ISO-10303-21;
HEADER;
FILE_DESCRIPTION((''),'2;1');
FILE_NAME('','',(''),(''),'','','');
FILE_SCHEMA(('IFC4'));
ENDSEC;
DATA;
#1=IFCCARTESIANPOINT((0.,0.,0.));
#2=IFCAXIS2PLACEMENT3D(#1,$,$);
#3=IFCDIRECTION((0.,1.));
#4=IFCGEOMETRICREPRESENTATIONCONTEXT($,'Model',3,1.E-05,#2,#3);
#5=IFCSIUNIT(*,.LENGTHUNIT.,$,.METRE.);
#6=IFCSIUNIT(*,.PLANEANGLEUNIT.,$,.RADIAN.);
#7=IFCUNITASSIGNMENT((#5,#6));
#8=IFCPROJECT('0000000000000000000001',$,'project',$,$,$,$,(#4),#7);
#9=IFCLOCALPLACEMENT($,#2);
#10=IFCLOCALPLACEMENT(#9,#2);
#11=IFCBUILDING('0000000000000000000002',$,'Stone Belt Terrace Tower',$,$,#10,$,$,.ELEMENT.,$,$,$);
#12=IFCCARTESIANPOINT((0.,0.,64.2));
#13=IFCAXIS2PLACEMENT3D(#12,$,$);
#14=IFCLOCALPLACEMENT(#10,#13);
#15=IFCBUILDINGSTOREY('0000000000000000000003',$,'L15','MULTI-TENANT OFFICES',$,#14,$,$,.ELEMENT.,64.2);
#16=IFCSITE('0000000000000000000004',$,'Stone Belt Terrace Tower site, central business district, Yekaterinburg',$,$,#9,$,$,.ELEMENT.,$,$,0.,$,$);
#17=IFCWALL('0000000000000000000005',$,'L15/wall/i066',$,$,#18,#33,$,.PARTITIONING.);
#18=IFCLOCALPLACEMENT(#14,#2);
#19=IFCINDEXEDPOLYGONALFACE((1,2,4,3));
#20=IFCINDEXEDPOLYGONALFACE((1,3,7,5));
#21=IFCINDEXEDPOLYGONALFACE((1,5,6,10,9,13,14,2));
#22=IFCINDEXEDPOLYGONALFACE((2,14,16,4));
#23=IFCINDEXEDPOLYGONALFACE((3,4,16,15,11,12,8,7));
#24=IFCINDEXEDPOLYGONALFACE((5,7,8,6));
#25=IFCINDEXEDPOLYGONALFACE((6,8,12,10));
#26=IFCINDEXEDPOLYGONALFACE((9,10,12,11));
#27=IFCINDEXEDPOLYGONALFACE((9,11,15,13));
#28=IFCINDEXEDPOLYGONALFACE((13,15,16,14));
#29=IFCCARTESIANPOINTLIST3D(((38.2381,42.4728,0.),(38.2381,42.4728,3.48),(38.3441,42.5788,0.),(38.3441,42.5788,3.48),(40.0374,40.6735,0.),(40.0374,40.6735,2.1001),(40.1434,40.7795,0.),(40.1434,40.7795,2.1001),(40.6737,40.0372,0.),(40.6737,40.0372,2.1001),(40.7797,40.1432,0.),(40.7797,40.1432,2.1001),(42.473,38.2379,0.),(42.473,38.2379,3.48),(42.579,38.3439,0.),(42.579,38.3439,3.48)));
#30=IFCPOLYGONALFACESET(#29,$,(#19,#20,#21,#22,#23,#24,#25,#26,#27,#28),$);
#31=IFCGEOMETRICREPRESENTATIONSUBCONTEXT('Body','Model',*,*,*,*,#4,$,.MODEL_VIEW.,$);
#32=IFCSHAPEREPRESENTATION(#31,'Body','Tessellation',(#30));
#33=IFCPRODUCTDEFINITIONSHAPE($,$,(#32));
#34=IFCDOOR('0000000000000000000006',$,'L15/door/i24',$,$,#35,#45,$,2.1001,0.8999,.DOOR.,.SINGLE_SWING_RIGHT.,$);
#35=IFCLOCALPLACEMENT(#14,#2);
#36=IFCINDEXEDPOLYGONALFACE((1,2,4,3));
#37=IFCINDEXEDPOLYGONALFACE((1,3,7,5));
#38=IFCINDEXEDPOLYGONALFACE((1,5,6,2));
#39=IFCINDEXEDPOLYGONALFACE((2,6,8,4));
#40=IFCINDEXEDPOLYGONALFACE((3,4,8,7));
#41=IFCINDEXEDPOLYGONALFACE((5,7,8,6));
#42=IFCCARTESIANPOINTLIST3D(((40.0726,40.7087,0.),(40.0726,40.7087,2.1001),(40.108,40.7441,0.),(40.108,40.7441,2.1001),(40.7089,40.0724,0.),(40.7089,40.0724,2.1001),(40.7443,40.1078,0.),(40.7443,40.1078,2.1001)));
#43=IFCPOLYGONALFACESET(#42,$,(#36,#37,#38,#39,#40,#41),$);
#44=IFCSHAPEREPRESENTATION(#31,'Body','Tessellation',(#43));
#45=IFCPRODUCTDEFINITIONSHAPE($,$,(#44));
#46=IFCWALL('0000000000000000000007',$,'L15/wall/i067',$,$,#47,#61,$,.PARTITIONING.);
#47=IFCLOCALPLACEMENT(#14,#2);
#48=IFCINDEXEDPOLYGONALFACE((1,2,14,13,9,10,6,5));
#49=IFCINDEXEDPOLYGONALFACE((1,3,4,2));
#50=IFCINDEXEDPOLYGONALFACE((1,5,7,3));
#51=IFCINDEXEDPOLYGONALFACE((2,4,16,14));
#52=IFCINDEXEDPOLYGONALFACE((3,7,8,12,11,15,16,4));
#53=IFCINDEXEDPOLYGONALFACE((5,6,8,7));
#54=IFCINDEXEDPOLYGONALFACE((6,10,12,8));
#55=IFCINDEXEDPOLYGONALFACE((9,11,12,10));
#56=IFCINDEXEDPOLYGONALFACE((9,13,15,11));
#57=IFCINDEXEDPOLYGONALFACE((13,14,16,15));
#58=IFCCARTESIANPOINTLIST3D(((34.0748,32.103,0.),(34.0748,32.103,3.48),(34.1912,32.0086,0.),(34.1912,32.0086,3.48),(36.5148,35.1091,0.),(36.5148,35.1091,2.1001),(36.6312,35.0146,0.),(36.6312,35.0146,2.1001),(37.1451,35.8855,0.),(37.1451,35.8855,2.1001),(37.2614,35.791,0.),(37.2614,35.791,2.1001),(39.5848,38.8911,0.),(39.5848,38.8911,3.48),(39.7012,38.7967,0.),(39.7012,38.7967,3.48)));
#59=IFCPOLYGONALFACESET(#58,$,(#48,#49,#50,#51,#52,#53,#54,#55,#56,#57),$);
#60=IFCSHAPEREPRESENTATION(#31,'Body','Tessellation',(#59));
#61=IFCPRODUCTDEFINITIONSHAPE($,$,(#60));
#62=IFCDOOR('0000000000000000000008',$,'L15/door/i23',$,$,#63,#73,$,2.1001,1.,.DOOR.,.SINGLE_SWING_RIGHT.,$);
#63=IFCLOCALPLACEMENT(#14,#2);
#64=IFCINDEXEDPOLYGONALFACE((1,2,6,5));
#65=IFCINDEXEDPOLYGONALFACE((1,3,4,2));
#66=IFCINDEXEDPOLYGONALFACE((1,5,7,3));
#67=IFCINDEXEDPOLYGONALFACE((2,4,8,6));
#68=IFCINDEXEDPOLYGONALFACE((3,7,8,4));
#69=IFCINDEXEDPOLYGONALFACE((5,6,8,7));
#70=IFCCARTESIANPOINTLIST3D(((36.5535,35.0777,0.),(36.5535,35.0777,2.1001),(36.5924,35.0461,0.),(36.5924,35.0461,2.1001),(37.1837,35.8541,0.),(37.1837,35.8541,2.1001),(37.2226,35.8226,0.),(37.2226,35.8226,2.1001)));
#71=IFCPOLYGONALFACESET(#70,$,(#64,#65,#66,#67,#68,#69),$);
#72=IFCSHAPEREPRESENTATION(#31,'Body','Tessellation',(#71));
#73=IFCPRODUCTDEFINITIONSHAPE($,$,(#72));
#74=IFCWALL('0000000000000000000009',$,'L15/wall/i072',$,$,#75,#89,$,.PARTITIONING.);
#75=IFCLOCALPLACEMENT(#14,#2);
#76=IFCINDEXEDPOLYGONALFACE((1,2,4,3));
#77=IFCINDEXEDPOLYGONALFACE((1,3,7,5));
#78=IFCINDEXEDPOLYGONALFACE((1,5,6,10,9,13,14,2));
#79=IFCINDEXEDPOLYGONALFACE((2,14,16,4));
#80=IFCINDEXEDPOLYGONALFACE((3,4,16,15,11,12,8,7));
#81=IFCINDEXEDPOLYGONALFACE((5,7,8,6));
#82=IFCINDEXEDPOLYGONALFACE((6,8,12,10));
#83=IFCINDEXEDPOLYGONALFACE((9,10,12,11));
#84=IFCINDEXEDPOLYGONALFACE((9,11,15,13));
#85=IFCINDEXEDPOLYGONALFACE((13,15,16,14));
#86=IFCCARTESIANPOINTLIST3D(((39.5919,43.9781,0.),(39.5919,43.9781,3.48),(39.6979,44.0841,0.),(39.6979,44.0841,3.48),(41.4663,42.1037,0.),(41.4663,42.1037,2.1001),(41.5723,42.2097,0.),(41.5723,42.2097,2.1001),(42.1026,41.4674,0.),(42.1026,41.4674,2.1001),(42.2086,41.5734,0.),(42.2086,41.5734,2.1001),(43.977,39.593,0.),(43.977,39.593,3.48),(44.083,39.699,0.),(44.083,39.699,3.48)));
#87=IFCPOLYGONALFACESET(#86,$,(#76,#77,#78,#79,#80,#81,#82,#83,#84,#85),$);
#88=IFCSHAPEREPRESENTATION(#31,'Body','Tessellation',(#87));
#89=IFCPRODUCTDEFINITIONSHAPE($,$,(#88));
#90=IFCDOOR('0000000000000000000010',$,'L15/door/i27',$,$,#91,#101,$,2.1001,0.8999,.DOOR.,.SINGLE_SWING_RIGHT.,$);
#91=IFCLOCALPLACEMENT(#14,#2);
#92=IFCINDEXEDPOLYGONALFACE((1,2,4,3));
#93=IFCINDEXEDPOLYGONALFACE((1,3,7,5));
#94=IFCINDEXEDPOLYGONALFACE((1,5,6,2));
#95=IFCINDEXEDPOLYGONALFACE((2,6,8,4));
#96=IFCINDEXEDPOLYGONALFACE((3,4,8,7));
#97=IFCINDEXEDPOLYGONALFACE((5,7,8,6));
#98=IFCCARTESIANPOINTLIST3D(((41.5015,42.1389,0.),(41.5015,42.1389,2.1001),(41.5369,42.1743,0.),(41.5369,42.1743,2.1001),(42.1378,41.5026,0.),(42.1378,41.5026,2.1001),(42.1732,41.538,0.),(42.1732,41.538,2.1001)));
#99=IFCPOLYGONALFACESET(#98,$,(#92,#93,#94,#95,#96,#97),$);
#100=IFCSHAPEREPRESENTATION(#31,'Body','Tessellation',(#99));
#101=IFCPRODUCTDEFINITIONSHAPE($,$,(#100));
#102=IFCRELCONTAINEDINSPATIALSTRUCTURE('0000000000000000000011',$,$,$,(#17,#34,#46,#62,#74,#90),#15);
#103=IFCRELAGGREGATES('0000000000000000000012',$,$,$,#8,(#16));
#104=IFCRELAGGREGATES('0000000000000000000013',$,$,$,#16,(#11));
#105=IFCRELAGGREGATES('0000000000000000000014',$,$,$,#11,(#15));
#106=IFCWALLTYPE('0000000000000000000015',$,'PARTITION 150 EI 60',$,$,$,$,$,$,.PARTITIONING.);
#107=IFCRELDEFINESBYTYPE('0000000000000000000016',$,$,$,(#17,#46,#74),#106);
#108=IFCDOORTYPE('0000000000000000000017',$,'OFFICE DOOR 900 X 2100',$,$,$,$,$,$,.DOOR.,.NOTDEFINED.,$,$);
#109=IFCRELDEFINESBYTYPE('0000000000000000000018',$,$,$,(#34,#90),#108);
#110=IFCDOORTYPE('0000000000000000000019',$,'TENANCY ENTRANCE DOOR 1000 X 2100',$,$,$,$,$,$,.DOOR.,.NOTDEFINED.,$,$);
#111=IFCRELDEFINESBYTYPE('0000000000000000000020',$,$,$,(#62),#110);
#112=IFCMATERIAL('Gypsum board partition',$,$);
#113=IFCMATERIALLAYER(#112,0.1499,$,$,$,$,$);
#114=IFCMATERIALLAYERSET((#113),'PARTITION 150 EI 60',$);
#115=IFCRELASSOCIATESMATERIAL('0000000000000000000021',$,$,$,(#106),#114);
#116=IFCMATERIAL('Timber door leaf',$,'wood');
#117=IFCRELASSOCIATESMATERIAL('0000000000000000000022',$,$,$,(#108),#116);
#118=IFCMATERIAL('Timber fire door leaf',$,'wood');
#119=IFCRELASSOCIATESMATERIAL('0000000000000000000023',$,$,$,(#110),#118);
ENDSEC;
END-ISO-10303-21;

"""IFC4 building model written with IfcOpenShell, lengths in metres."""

from ifc_helpers import new_model, si_unit, direction, frame, frame_2d, origin, place, context, subcontext, project, spatial, rectangle, extrude, material, layer, layer_set, type_object, element, fill, save


model = new_model("IFC4")

# Units and contexts
model_context = context("Model", 3, precision=1e-05, world=origin(), true_north=direction((0.0, 1.0)))
body_context = subcontext(model_context, "Body", "Model", "MODEL_VIEW")
ifc_project = project(units=[si_unit("LENGTHUNIT", "METRE"), si_unit("PLANEANGLEUNIT", "RADIAN")], contexts=[model_context])

# Site, building, storey
site_placement = place(None, origin())
site = spatial("IfcSite", under=ifc_project, at=site_placement, Name="Stone Belt Terrace Tower site, central business district, Yekaterinburg", CompositionType="ELEMENT", RefElevation=0.0)
building_placement = place(site_placement, origin())
building = spatial("IfcBuilding", under=site, at=building_placement, Name="Stone Belt Terrace Tower", CompositionType="ELEMENT")
storey_placement = place(building_placement, frame((0.0, 0.0, 64.2)))
storey = spatial("IfcBuildingStorey", under=building, at=storey_placement, Name="L15", Description="MULTI-TENANT OFFICES", CompositionType="ELEMENT", Elevation=64.2)

# Shared definitions
ifc_material_1 = material(Name="Gypsum board partition")
ifc_layer_1 = layer(ifc_material_1, 0.1499)
ifc_layer_set_1 = layer_set([ifc_layer_1], Name="PARTITION 150 EI 60")
wall_type = type_object("IfcWallType", Name="PARTITION 150 EI 60", PredefinedType="PARTITIONING", material=ifc_layer_set_1)
ifc_material_2 = material(Name="Timber fire door leaf", Category="wood")

# Walls, openings, doors
wall_1_placement = place(storey_placement, frame((38.291, 42.5259, 0.0), z_axis=(0.0, 0.0, 1.0), x_axis=(0.707107, -0.707107, 0.0)))
wall_1 = element("IfcWall", 1, at=wall_1_placement, inside=storey, type_object=wall_type, Name="L15/wall/i066", PredefinedType="PARTITIONING", context=body_context, shape_type="SweptSolid", body=[
    extrude(rectangle(XDim=5.989, YDim=0.1499, at=frame_2d((2.9946, 0.0))), origin(), (0.0, 0.0, 1.0), 3.48),
])
opening_1_placement = place(wall_1_placement, frame((2.5447, 0.0, 0.0)))
opening_1 = element("IfcOpeningElement", 2, at=opening_1_placement, cuts=wall_1, PredefinedType="OPENING", context=body_context, shape_type="SweptSolid", body=[
    extrude(rectangle(XDim=0.8999, YDim=2.1001, at=frame_2d((0.45, 1.05))), frame((0.0, 0.085, 0.0), z_axis=(0.0, -1.0, 0.0), x_axis=(1.0, 0.0, 0.0)), (0.0, 0.0, 1.0), 0.1699),
])
ifc_material_3 = material(Name="Timber door leaf", Category="wood")
door_type_1 = type_object("IfcDoorType", Name="OFFICE DOOR 900 X 2100", OperationType="NOTDEFINED", PredefinedType="DOOR", material=ifc_material_3)
door_1_placement = place(opening_1_placement, origin())
door_1 = element("IfcDoor", 3, at=door_1_placement, inside=storey, type_object=door_type_1, Name="L15/door/i24", OperationType="SINGLE_SWING_RIGHT", OverallHeight=2.1001, OverallWidth=0.8999, PredefinedType="DOOR", context=body_context, shape_type="SweptSolid", body=[
    extrude(rectangle(XDim=0.8999, YDim=2.1001, at=frame_2d((0.45, 1.05))), frame((0.0, 0.0249, 0.0), z_axis=(0.0, -1.0, 0.0), x_axis=(1.0, 0.0, 0.0)), (0.0, 0.0, 1.0), 0.05),
])
fill(opening_1, door_1)
wall_2_placement = place(storey_placement, frame((39.6431, 38.844, 0.0), z_axis=(0.0, 0.0, 1.0), x_axis=(-0.630227, -0.776411, 0.0)))
wall_2 = element("IfcWall", 4, at=wall_2_placement, inside=storey, type_object=wall_type, Name="L15/wall/i067", PredefinedType="PARTITIONING", context=body_context, shape_type="SweptSolid", body=[
    extrude(rectangle(XDim=8.7429, YDim=0.1499, at=frame_2d((4.3716, 0.0))), origin(), (0.0, 0.0, 1.0), 3.48),
])
opening_2_placement = place(wall_2_placement, frame((3.8713, 0.0, 0.0)))
opening_2 = element("IfcOpeningElement", 5, at=opening_2_placement, cuts=wall_2, PredefinedType="OPENING", context=body_context, shape_type="SweptSolid", body=[
    extrude(rectangle(XDim=1.0, YDim=2.1001, at=frame_2d((0.5, 1.05))), frame((0.0, 0.085, 0.0), z_axis=(0.0, -1.0, 0.0), x_axis=(1.0, 0.0, 0.0)), (0.0, 0.0, 1.0), 0.1699),
])
door_type_2 = type_object("IfcDoorType", Name="TENANCY ENTRANCE DOOR 1000 X 2100", OperationType="NOTDEFINED", PredefinedType="DOOR", material=ifc_material_2)
door_2_placement = place(opening_2_placement, origin())
door_2 = element("IfcDoor", 6, at=door_2_placement, inside=storey, type_object=door_type_2, Name="L15/door/i23", OperationType="SINGLE_SWING_RIGHT", OverallHeight=2.1001, OverallWidth=1.0, PredefinedType="DOOR", context=body_context, shape_type="SweptSolid", body=[
    extrude(rectangle(XDim=1.0, YDim=2.1001, at=frame_2d((0.5, 1.05))), frame((0.0, 0.0249, 0.0), z_axis=(0.0, -1.0, 0.0), x_axis=(1.0, 0.0, 0.0)), (0.0, 0.0, 1.0), 0.05),
])
fill(opening_2, door_2)
wall_3_placement = place(storey_placement, frame((39.645, 44.031, 0.0), z_axis=(0.0, 0.0, 1.0), x_axis=(0.707107, -0.707107, 0.0)))
wall_3 = element("IfcWall", 7, at=wall_3_placement, inside=storey, type_object=wall_type, Name="L15/wall/i072", PredefinedType="PARTITIONING", context=body_context, shape_type="SweptSolid", body=[
    extrude(rectangle(XDim=6.2014, YDim=0.1499, at=frame_2d((3.1006, 0.0))), origin(), (0.0, 0.0, 1.0), 3.48),
])
opening_3_placement = place(wall_3_placement, frame((2.6506, 0.0, 0.0)))
opening_3 = element("IfcOpeningElement", 8, at=opening_3_placement, cuts=wall_3, PredefinedType="OPENING", context=body_context, shape_type="SweptSolid", body=[
    extrude(rectangle(XDim=0.8999, YDim=2.1001, at=frame_2d((0.45, 1.05))), frame((0.0, 0.085, 0.0), z_axis=(0.0, -1.0, 0.0), x_axis=(1.0, 0.0, 0.0)), (0.0, 0.0, 1.0), 0.1699),
])
door_3_placement = place(opening_3_placement, origin())
door_3 = element("IfcDoor", 9, at=door_3_placement, inside=storey, type_object=door_type_1, Name="L15/door/i27", OperationType="SINGLE_SWING_RIGHT", OverallHeight=2.1001, OverallWidth=0.8999, PredefinedType="DOOR", context=body_context, shape_type="SweptSolid", body=[
    extrude(rectangle(XDim=0.8999, YDim=2.1001, at=frame_2d((0.45, 1.05))), frame((0.0, 0.0249, 0.0), z_axis=(0.0, -1.0, 0.0), x_axis=(1.0, 0.0, 0.0)), (0.0, 0.0, 1.0), 0.05),
])
fill(opening_3, door_3)

save(model, "model.ifc")
